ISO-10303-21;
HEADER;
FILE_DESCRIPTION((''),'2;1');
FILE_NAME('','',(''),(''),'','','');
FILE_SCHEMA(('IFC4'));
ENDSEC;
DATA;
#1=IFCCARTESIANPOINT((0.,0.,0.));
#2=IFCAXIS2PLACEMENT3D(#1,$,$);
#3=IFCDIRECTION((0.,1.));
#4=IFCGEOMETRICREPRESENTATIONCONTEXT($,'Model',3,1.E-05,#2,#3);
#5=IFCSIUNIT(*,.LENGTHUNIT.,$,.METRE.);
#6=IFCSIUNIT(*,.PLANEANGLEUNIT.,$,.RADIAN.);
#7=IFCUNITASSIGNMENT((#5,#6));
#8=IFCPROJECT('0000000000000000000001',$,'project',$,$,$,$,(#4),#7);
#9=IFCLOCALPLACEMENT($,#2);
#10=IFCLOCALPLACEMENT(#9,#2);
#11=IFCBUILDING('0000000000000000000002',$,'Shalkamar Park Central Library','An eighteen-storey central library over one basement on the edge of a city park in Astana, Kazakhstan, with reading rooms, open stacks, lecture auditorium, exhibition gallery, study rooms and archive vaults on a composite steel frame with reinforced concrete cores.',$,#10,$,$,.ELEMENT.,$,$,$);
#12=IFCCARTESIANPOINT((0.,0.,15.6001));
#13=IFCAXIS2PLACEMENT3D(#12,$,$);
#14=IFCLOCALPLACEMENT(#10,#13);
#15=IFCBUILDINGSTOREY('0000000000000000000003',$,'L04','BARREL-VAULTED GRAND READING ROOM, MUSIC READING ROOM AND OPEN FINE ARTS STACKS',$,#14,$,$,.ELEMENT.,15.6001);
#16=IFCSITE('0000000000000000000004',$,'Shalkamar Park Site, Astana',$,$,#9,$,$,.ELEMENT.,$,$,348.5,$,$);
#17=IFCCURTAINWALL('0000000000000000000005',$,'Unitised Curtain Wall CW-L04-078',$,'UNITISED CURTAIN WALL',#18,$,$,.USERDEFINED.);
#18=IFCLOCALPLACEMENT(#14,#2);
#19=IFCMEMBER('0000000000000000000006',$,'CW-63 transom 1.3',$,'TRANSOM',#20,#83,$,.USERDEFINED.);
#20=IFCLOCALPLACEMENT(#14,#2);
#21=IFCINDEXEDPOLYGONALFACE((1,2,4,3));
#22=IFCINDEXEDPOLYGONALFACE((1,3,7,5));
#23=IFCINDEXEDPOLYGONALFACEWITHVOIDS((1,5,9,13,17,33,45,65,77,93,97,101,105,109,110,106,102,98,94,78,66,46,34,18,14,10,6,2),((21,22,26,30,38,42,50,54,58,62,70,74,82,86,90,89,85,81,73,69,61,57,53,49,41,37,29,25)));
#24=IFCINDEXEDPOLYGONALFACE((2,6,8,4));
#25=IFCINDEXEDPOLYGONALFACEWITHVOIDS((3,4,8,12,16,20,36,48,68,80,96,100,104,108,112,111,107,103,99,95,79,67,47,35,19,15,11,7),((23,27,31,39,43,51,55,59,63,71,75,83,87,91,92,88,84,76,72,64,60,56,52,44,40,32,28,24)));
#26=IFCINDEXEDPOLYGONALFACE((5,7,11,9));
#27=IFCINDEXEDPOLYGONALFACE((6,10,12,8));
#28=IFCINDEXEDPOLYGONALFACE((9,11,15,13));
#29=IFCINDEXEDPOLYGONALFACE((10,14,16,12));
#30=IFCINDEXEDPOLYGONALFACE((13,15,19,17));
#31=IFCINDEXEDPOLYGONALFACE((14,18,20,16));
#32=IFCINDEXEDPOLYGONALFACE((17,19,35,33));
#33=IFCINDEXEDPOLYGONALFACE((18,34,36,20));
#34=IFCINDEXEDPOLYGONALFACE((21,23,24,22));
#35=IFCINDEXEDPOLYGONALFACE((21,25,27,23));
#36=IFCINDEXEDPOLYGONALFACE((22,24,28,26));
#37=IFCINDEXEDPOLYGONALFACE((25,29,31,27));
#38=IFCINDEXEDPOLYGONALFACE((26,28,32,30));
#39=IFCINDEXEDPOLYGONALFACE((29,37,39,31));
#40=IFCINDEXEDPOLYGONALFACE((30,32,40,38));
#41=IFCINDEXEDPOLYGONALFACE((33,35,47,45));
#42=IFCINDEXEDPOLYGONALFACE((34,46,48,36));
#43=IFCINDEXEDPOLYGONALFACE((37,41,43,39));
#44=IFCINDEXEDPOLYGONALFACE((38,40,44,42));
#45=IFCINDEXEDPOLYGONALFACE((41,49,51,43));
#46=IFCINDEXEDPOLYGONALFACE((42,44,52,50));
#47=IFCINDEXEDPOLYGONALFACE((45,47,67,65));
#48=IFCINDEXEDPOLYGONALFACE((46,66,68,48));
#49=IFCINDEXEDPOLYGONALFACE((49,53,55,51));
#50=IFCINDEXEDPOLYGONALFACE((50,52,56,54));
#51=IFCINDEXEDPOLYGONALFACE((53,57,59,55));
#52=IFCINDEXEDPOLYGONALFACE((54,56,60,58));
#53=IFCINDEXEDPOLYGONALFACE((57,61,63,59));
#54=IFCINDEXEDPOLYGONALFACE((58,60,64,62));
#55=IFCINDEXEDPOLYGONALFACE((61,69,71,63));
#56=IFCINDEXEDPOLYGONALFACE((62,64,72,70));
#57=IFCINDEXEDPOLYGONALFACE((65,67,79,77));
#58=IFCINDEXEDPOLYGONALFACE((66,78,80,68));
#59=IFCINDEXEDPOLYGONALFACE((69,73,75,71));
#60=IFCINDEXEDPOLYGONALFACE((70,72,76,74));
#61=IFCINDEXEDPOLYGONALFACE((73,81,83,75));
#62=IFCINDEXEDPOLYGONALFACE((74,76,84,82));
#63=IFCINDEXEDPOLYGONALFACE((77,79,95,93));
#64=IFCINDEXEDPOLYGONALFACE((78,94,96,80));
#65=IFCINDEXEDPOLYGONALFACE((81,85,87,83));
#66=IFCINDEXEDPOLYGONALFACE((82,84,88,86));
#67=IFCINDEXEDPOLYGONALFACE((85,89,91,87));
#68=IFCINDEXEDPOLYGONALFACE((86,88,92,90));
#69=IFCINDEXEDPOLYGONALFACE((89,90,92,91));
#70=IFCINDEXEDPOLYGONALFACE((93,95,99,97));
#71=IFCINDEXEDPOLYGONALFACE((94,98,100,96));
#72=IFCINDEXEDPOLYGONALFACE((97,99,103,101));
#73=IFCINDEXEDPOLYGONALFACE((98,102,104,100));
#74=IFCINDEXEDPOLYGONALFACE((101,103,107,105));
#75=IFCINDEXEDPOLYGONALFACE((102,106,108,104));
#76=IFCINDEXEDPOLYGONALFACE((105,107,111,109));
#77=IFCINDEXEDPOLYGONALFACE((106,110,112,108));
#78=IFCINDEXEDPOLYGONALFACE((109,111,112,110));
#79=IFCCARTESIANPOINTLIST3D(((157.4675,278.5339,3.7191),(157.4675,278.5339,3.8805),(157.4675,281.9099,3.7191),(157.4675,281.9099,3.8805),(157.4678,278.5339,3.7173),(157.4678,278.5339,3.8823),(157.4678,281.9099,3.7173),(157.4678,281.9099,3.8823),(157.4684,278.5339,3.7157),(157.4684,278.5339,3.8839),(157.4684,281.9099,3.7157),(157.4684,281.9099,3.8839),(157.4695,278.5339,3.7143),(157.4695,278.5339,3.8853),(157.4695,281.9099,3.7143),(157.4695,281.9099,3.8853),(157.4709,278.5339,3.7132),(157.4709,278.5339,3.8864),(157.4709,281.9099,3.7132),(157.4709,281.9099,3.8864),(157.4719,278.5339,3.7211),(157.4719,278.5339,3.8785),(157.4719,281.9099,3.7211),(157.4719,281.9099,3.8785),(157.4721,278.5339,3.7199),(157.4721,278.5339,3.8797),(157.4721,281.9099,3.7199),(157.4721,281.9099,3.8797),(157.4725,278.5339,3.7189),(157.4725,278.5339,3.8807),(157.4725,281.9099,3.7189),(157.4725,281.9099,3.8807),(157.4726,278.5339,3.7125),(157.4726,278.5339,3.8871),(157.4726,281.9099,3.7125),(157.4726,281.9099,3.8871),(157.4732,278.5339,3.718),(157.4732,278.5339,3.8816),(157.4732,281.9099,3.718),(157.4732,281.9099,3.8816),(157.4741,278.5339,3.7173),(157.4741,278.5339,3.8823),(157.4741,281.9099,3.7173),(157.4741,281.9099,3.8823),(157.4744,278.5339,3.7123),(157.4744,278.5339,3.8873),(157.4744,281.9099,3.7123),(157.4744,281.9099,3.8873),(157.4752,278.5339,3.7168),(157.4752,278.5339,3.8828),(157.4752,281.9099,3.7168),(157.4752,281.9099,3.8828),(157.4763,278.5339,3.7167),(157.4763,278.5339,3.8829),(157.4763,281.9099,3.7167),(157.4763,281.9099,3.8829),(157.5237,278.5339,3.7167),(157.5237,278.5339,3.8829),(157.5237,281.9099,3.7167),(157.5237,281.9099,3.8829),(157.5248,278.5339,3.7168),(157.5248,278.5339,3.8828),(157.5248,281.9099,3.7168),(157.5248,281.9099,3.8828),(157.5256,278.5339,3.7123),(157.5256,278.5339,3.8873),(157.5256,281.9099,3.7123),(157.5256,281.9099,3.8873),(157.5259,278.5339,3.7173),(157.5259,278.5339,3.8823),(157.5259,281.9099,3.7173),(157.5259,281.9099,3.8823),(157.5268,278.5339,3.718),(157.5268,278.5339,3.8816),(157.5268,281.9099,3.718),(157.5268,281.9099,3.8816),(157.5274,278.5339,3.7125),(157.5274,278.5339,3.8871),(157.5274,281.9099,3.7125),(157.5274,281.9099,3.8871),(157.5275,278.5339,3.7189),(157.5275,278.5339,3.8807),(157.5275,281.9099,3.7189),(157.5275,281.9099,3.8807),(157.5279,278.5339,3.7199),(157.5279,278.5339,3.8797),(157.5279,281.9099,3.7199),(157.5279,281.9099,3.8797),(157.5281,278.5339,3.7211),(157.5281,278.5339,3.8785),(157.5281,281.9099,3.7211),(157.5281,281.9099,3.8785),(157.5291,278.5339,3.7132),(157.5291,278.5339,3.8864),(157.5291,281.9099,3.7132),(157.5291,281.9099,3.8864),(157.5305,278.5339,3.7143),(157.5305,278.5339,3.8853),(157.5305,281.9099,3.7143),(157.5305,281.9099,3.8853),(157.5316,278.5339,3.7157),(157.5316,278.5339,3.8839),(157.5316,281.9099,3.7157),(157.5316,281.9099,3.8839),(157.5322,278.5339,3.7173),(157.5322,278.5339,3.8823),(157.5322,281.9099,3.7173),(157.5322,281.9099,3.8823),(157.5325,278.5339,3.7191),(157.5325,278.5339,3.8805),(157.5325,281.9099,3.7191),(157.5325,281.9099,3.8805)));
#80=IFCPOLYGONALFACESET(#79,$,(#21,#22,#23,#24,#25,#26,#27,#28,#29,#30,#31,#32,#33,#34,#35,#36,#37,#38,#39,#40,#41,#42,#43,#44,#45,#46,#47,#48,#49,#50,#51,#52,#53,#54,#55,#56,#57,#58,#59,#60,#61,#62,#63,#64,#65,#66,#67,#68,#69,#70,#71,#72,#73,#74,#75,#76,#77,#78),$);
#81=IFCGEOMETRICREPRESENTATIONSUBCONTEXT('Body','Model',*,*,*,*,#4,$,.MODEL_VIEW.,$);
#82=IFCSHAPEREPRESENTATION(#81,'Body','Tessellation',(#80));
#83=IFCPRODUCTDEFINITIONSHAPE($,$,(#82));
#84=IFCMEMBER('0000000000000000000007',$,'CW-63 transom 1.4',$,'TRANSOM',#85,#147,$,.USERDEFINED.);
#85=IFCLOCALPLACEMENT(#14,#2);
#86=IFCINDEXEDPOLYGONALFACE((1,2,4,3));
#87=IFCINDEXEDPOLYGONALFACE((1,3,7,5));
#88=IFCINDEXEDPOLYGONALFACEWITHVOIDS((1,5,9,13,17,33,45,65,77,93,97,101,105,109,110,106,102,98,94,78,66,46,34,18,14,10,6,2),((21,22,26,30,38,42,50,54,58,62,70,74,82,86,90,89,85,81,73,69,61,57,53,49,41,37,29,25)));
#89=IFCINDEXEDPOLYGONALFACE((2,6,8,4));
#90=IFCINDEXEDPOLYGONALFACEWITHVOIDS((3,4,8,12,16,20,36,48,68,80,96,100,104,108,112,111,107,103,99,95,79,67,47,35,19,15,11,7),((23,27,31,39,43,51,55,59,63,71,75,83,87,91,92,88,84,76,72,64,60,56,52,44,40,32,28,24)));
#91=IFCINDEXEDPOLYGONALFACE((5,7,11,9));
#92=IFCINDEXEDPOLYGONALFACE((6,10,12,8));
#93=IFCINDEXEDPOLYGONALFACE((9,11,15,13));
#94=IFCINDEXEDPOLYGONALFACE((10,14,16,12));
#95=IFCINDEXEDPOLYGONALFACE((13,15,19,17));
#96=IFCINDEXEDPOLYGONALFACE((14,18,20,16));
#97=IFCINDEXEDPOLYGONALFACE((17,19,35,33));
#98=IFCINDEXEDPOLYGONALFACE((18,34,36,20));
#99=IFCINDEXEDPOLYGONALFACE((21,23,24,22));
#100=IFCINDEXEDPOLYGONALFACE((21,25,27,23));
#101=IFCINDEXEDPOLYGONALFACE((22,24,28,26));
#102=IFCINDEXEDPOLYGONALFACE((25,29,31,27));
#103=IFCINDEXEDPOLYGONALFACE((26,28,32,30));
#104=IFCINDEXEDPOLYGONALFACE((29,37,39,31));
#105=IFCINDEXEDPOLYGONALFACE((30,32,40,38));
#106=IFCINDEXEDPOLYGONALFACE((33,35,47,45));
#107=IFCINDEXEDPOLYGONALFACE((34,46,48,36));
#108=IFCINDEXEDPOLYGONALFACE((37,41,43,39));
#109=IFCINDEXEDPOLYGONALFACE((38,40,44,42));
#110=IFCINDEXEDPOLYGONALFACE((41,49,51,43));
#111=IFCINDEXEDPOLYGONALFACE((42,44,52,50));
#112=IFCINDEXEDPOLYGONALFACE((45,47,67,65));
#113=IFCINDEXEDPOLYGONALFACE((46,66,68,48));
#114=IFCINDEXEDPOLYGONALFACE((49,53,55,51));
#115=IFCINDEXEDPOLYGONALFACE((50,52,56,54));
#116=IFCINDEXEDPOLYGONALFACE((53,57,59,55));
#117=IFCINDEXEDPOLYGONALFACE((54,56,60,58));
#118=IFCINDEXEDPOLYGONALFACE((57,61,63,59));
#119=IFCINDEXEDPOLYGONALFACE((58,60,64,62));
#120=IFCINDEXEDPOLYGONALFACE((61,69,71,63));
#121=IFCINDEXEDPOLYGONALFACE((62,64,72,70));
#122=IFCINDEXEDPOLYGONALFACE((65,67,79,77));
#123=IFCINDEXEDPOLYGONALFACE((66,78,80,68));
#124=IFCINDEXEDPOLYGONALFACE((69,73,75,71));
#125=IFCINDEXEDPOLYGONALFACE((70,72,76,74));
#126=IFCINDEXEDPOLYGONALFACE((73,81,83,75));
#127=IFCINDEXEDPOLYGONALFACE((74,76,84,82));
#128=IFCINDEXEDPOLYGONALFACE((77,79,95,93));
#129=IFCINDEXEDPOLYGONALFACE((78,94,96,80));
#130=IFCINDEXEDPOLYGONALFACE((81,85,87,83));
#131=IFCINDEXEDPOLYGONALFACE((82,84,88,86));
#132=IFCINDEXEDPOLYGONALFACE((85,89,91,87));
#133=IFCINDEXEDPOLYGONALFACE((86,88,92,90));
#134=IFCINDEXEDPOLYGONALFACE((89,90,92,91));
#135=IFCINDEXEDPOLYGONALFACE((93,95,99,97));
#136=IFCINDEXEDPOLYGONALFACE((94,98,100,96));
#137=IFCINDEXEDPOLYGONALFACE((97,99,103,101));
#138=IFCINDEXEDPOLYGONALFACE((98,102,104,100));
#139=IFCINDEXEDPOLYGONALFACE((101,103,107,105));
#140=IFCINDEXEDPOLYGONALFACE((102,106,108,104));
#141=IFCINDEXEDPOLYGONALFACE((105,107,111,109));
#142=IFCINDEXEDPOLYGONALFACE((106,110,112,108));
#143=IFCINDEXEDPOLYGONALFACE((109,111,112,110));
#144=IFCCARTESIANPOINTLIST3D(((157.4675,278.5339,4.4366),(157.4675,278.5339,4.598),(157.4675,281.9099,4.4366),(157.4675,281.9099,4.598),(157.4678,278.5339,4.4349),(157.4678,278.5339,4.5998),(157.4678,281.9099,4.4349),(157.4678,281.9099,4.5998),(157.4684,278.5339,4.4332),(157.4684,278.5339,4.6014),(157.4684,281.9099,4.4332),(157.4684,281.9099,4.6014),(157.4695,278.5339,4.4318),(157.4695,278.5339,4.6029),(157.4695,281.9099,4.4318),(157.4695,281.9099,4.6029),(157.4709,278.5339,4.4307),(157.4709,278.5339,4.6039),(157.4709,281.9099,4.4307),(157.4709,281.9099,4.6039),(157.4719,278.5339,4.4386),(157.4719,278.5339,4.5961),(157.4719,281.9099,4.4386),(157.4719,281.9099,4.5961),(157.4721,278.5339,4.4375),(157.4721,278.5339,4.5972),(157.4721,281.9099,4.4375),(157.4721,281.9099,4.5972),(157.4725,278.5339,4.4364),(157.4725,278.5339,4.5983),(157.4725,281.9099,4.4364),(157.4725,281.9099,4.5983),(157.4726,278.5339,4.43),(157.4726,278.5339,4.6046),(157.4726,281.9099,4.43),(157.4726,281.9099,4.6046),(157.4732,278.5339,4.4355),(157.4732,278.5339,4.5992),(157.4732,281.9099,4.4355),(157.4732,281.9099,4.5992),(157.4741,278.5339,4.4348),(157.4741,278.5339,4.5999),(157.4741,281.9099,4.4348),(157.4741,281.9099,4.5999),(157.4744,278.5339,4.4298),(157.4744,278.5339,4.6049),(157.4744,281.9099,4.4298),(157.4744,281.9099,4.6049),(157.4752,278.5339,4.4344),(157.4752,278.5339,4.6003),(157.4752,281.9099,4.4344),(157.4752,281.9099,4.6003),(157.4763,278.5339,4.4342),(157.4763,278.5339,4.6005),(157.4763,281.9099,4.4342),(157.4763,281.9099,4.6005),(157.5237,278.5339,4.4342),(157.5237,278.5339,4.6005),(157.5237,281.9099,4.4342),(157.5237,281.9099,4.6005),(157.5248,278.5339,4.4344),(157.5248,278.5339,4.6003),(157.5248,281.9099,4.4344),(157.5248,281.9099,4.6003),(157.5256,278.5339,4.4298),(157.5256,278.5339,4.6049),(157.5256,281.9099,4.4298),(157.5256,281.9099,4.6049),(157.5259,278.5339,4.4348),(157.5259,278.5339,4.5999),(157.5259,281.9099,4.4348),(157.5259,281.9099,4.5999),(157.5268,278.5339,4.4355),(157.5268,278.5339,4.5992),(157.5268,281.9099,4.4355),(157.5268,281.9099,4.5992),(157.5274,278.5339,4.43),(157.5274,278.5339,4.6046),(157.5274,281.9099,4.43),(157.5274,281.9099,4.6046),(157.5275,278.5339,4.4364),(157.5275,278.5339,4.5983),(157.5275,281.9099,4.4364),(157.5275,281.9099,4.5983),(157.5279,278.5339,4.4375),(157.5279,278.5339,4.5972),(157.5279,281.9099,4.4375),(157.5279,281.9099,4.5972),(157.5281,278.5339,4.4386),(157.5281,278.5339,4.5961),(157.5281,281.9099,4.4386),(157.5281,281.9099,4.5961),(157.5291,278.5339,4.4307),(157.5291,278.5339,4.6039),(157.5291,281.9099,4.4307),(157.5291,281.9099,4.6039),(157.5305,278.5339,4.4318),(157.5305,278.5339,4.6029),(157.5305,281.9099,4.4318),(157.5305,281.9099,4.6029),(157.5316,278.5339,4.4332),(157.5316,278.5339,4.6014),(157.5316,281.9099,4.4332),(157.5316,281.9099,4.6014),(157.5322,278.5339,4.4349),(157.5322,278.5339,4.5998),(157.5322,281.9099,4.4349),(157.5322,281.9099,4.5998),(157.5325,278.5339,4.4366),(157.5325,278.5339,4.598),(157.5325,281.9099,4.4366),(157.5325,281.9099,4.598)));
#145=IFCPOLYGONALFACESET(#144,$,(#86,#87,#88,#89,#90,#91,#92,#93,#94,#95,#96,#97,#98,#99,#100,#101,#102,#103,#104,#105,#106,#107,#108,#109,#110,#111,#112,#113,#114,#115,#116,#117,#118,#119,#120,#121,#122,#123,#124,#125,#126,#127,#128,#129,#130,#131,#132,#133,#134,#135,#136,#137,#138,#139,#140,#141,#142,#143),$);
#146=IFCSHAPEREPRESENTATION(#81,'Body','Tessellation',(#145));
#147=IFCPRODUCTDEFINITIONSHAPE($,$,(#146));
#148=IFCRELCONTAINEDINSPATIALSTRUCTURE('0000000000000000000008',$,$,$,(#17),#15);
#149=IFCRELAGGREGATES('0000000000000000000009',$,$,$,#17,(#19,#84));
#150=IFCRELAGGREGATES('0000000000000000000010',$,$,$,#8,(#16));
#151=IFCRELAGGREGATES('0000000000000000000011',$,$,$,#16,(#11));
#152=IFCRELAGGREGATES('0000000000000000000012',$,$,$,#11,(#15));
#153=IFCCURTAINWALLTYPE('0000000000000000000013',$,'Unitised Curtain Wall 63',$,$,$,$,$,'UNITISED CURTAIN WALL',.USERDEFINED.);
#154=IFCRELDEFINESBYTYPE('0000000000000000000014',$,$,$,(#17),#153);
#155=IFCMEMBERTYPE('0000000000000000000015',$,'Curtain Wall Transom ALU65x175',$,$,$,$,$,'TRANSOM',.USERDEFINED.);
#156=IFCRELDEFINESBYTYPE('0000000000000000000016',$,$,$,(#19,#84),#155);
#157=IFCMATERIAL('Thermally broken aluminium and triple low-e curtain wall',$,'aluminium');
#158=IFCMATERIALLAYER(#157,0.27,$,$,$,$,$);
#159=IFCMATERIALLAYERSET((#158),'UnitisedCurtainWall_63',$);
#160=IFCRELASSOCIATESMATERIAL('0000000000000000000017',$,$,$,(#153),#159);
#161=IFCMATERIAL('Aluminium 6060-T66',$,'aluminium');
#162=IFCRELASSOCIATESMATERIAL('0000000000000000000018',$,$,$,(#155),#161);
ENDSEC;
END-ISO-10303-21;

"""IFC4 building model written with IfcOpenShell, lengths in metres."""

from ifc_helpers import new_model, si_unit, direction, frame, origin, origin_2d, place, context, subcontext, project, spatial, hollow_rectangle, extrude, material, layer, layer_set, material_profile, profile_set, type_object, element, aggregate, save


model = new_model("IFC4")

# Units and contexts
model_context = context("Model", 3, precision=1e-05, world=origin(), true_north=direction((0.0, 1.0)))
body_context = subcontext(model_context, "Body", "Model", "MODEL_VIEW")
ifc_project = project(units=[si_unit("LENGTHUNIT", "METRE"), si_unit("PLANEANGLEUNIT", "RADIAN")], contexts=[model_context])

# Site, building, storey
site_placement = place(None, origin())
site = spatial("IfcSite", under=ifc_project, at=site_placement, Name="Shalkamar Park Site, Astana", CompositionType="ELEMENT", RefElevation=348.5)
building_placement = place(site_placement, origin())
building = spatial("IfcBuilding", under=site, at=building_placement, Name="Shalkamar Park Central Library", Description="An eighteen-storey central library over one basement on the edge of a city park in Astana, Kazakhstan, with reading rooms, open stacks, lecture auditorium, exhibition gallery, study rooms and archive vaults on a composite steel frame with reinforced concrete cores.", CompositionType="ELEMENT")
storey_placement = place(building_placement, frame((0.0, 0.0, 15.6001)))
storey = spatial("IfcBuildingStorey", under=building, at=storey_placement, Name="L04", Description="BARREL-VAULTED GRAND READING ROOM, MUSIC READING ROOM AND OPEN FINE ARTS STACKS", CompositionType="ELEMENT", Elevation=15.6001)

# Curtain wall, members
ifc_material_1 = material(Name="Thermally broken aluminium and triple low-e curtain wall", Category="aluminium")
ifc_layer_1 = layer(ifc_material_1, 0.27)
ifc_layer_set_1 = layer_set([ifc_layer_1], Name="UnitisedCurtainWall_63")
curtain_wall_type = type_object("IfcCurtainWallType", Name="Unitised Curtain Wall 63", ElementType="UNITISED CURTAIN WALL", PredefinedType="USERDEFINED", material=ifc_layer_set_1)
curtain_wall_placement = place(storey_placement, origin())
curtain_wall = element("IfcCurtainWall", 1, at=curtain_wall_placement, inside=storey, type_object=curtain_wall_type, Name="Unitised Curtain Wall CW-L04-078", ObjectType="UNITISED CURTAIN WALL", PredefinedType="USERDEFINED")
ifc_material_2 = material(Name="Aluminium 6060-T66", Category="aluminium")
ifc_material_profile_1 = material_profile(ifc_material_2, hollow_rectangle(XDim=0.0649, YDim=0.175, WallThickness=0.0044, InnerFilletRadius=0.0044, OuterFilletRadius=0.0068, at=origin_2d()), Name="ALU 65x175x4.5")
ifc_profile_set_1 = profile_set([ifc_material_profile_1], Name="Aluminium 6060-T66")
member_type_1 = type_object("IfcMemberType", Name="Curtain Wall Transom ALU65x175", ElementType="TRANSOM", PredefinedType="USERDEFINED", material=ifc_profile_set_1)
member_1_placement = place(storey_placement, frame((157.5, 278.5339, 3.7998), z_axis=(0.0, 1.0, 0.0), x_axis=(-1.0, 0.0, 0.0)))
member_1 = element("IfcMember", 2, at=member_1_placement, type_object=member_type_1, Name="CW-63 transom 1.3", ObjectType="TRANSOM", PredefinedType="USERDEFINED", context=body_context, shape_type="SweptSolid", body=[
    extrude(hollow_rectangle(XDim=0.0649, YDim=0.175, WallThickness=0.0044, InnerFilletRadius=0.0044, OuterFilletRadius=0.0068, at=origin_2d()), origin(), (0.0, 0.0, 1.0), 3.376),
])
member_2_placement = place(storey_placement, frame((157.5, 278.5339, 4.5173), z_axis=(0.0, 1.0, 0.0), x_axis=(-1.0, 0.0, 0.0)))
member_2 = element("IfcMember", 3, at=member_2_placement, type_object=member_type_1, Name="CW-63 transom 1.4", ObjectType="TRANSOM", PredefinedType="USERDEFINED", context=body_context, shape_type="SweptSolid", body=[
    extrude(hollow_rectangle(XDim=0.0649, YDim=0.175, WallThickness=0.0044, InnerFilletRadius=0.0044, OuterFilletRadius=0.0068, at=origin_2d()), origin(), (0.0, 0.0, 1.0), 3.376),
])

aggregate(curtain_wall, [member_1, member_2])

save(model, "model.ifc")
